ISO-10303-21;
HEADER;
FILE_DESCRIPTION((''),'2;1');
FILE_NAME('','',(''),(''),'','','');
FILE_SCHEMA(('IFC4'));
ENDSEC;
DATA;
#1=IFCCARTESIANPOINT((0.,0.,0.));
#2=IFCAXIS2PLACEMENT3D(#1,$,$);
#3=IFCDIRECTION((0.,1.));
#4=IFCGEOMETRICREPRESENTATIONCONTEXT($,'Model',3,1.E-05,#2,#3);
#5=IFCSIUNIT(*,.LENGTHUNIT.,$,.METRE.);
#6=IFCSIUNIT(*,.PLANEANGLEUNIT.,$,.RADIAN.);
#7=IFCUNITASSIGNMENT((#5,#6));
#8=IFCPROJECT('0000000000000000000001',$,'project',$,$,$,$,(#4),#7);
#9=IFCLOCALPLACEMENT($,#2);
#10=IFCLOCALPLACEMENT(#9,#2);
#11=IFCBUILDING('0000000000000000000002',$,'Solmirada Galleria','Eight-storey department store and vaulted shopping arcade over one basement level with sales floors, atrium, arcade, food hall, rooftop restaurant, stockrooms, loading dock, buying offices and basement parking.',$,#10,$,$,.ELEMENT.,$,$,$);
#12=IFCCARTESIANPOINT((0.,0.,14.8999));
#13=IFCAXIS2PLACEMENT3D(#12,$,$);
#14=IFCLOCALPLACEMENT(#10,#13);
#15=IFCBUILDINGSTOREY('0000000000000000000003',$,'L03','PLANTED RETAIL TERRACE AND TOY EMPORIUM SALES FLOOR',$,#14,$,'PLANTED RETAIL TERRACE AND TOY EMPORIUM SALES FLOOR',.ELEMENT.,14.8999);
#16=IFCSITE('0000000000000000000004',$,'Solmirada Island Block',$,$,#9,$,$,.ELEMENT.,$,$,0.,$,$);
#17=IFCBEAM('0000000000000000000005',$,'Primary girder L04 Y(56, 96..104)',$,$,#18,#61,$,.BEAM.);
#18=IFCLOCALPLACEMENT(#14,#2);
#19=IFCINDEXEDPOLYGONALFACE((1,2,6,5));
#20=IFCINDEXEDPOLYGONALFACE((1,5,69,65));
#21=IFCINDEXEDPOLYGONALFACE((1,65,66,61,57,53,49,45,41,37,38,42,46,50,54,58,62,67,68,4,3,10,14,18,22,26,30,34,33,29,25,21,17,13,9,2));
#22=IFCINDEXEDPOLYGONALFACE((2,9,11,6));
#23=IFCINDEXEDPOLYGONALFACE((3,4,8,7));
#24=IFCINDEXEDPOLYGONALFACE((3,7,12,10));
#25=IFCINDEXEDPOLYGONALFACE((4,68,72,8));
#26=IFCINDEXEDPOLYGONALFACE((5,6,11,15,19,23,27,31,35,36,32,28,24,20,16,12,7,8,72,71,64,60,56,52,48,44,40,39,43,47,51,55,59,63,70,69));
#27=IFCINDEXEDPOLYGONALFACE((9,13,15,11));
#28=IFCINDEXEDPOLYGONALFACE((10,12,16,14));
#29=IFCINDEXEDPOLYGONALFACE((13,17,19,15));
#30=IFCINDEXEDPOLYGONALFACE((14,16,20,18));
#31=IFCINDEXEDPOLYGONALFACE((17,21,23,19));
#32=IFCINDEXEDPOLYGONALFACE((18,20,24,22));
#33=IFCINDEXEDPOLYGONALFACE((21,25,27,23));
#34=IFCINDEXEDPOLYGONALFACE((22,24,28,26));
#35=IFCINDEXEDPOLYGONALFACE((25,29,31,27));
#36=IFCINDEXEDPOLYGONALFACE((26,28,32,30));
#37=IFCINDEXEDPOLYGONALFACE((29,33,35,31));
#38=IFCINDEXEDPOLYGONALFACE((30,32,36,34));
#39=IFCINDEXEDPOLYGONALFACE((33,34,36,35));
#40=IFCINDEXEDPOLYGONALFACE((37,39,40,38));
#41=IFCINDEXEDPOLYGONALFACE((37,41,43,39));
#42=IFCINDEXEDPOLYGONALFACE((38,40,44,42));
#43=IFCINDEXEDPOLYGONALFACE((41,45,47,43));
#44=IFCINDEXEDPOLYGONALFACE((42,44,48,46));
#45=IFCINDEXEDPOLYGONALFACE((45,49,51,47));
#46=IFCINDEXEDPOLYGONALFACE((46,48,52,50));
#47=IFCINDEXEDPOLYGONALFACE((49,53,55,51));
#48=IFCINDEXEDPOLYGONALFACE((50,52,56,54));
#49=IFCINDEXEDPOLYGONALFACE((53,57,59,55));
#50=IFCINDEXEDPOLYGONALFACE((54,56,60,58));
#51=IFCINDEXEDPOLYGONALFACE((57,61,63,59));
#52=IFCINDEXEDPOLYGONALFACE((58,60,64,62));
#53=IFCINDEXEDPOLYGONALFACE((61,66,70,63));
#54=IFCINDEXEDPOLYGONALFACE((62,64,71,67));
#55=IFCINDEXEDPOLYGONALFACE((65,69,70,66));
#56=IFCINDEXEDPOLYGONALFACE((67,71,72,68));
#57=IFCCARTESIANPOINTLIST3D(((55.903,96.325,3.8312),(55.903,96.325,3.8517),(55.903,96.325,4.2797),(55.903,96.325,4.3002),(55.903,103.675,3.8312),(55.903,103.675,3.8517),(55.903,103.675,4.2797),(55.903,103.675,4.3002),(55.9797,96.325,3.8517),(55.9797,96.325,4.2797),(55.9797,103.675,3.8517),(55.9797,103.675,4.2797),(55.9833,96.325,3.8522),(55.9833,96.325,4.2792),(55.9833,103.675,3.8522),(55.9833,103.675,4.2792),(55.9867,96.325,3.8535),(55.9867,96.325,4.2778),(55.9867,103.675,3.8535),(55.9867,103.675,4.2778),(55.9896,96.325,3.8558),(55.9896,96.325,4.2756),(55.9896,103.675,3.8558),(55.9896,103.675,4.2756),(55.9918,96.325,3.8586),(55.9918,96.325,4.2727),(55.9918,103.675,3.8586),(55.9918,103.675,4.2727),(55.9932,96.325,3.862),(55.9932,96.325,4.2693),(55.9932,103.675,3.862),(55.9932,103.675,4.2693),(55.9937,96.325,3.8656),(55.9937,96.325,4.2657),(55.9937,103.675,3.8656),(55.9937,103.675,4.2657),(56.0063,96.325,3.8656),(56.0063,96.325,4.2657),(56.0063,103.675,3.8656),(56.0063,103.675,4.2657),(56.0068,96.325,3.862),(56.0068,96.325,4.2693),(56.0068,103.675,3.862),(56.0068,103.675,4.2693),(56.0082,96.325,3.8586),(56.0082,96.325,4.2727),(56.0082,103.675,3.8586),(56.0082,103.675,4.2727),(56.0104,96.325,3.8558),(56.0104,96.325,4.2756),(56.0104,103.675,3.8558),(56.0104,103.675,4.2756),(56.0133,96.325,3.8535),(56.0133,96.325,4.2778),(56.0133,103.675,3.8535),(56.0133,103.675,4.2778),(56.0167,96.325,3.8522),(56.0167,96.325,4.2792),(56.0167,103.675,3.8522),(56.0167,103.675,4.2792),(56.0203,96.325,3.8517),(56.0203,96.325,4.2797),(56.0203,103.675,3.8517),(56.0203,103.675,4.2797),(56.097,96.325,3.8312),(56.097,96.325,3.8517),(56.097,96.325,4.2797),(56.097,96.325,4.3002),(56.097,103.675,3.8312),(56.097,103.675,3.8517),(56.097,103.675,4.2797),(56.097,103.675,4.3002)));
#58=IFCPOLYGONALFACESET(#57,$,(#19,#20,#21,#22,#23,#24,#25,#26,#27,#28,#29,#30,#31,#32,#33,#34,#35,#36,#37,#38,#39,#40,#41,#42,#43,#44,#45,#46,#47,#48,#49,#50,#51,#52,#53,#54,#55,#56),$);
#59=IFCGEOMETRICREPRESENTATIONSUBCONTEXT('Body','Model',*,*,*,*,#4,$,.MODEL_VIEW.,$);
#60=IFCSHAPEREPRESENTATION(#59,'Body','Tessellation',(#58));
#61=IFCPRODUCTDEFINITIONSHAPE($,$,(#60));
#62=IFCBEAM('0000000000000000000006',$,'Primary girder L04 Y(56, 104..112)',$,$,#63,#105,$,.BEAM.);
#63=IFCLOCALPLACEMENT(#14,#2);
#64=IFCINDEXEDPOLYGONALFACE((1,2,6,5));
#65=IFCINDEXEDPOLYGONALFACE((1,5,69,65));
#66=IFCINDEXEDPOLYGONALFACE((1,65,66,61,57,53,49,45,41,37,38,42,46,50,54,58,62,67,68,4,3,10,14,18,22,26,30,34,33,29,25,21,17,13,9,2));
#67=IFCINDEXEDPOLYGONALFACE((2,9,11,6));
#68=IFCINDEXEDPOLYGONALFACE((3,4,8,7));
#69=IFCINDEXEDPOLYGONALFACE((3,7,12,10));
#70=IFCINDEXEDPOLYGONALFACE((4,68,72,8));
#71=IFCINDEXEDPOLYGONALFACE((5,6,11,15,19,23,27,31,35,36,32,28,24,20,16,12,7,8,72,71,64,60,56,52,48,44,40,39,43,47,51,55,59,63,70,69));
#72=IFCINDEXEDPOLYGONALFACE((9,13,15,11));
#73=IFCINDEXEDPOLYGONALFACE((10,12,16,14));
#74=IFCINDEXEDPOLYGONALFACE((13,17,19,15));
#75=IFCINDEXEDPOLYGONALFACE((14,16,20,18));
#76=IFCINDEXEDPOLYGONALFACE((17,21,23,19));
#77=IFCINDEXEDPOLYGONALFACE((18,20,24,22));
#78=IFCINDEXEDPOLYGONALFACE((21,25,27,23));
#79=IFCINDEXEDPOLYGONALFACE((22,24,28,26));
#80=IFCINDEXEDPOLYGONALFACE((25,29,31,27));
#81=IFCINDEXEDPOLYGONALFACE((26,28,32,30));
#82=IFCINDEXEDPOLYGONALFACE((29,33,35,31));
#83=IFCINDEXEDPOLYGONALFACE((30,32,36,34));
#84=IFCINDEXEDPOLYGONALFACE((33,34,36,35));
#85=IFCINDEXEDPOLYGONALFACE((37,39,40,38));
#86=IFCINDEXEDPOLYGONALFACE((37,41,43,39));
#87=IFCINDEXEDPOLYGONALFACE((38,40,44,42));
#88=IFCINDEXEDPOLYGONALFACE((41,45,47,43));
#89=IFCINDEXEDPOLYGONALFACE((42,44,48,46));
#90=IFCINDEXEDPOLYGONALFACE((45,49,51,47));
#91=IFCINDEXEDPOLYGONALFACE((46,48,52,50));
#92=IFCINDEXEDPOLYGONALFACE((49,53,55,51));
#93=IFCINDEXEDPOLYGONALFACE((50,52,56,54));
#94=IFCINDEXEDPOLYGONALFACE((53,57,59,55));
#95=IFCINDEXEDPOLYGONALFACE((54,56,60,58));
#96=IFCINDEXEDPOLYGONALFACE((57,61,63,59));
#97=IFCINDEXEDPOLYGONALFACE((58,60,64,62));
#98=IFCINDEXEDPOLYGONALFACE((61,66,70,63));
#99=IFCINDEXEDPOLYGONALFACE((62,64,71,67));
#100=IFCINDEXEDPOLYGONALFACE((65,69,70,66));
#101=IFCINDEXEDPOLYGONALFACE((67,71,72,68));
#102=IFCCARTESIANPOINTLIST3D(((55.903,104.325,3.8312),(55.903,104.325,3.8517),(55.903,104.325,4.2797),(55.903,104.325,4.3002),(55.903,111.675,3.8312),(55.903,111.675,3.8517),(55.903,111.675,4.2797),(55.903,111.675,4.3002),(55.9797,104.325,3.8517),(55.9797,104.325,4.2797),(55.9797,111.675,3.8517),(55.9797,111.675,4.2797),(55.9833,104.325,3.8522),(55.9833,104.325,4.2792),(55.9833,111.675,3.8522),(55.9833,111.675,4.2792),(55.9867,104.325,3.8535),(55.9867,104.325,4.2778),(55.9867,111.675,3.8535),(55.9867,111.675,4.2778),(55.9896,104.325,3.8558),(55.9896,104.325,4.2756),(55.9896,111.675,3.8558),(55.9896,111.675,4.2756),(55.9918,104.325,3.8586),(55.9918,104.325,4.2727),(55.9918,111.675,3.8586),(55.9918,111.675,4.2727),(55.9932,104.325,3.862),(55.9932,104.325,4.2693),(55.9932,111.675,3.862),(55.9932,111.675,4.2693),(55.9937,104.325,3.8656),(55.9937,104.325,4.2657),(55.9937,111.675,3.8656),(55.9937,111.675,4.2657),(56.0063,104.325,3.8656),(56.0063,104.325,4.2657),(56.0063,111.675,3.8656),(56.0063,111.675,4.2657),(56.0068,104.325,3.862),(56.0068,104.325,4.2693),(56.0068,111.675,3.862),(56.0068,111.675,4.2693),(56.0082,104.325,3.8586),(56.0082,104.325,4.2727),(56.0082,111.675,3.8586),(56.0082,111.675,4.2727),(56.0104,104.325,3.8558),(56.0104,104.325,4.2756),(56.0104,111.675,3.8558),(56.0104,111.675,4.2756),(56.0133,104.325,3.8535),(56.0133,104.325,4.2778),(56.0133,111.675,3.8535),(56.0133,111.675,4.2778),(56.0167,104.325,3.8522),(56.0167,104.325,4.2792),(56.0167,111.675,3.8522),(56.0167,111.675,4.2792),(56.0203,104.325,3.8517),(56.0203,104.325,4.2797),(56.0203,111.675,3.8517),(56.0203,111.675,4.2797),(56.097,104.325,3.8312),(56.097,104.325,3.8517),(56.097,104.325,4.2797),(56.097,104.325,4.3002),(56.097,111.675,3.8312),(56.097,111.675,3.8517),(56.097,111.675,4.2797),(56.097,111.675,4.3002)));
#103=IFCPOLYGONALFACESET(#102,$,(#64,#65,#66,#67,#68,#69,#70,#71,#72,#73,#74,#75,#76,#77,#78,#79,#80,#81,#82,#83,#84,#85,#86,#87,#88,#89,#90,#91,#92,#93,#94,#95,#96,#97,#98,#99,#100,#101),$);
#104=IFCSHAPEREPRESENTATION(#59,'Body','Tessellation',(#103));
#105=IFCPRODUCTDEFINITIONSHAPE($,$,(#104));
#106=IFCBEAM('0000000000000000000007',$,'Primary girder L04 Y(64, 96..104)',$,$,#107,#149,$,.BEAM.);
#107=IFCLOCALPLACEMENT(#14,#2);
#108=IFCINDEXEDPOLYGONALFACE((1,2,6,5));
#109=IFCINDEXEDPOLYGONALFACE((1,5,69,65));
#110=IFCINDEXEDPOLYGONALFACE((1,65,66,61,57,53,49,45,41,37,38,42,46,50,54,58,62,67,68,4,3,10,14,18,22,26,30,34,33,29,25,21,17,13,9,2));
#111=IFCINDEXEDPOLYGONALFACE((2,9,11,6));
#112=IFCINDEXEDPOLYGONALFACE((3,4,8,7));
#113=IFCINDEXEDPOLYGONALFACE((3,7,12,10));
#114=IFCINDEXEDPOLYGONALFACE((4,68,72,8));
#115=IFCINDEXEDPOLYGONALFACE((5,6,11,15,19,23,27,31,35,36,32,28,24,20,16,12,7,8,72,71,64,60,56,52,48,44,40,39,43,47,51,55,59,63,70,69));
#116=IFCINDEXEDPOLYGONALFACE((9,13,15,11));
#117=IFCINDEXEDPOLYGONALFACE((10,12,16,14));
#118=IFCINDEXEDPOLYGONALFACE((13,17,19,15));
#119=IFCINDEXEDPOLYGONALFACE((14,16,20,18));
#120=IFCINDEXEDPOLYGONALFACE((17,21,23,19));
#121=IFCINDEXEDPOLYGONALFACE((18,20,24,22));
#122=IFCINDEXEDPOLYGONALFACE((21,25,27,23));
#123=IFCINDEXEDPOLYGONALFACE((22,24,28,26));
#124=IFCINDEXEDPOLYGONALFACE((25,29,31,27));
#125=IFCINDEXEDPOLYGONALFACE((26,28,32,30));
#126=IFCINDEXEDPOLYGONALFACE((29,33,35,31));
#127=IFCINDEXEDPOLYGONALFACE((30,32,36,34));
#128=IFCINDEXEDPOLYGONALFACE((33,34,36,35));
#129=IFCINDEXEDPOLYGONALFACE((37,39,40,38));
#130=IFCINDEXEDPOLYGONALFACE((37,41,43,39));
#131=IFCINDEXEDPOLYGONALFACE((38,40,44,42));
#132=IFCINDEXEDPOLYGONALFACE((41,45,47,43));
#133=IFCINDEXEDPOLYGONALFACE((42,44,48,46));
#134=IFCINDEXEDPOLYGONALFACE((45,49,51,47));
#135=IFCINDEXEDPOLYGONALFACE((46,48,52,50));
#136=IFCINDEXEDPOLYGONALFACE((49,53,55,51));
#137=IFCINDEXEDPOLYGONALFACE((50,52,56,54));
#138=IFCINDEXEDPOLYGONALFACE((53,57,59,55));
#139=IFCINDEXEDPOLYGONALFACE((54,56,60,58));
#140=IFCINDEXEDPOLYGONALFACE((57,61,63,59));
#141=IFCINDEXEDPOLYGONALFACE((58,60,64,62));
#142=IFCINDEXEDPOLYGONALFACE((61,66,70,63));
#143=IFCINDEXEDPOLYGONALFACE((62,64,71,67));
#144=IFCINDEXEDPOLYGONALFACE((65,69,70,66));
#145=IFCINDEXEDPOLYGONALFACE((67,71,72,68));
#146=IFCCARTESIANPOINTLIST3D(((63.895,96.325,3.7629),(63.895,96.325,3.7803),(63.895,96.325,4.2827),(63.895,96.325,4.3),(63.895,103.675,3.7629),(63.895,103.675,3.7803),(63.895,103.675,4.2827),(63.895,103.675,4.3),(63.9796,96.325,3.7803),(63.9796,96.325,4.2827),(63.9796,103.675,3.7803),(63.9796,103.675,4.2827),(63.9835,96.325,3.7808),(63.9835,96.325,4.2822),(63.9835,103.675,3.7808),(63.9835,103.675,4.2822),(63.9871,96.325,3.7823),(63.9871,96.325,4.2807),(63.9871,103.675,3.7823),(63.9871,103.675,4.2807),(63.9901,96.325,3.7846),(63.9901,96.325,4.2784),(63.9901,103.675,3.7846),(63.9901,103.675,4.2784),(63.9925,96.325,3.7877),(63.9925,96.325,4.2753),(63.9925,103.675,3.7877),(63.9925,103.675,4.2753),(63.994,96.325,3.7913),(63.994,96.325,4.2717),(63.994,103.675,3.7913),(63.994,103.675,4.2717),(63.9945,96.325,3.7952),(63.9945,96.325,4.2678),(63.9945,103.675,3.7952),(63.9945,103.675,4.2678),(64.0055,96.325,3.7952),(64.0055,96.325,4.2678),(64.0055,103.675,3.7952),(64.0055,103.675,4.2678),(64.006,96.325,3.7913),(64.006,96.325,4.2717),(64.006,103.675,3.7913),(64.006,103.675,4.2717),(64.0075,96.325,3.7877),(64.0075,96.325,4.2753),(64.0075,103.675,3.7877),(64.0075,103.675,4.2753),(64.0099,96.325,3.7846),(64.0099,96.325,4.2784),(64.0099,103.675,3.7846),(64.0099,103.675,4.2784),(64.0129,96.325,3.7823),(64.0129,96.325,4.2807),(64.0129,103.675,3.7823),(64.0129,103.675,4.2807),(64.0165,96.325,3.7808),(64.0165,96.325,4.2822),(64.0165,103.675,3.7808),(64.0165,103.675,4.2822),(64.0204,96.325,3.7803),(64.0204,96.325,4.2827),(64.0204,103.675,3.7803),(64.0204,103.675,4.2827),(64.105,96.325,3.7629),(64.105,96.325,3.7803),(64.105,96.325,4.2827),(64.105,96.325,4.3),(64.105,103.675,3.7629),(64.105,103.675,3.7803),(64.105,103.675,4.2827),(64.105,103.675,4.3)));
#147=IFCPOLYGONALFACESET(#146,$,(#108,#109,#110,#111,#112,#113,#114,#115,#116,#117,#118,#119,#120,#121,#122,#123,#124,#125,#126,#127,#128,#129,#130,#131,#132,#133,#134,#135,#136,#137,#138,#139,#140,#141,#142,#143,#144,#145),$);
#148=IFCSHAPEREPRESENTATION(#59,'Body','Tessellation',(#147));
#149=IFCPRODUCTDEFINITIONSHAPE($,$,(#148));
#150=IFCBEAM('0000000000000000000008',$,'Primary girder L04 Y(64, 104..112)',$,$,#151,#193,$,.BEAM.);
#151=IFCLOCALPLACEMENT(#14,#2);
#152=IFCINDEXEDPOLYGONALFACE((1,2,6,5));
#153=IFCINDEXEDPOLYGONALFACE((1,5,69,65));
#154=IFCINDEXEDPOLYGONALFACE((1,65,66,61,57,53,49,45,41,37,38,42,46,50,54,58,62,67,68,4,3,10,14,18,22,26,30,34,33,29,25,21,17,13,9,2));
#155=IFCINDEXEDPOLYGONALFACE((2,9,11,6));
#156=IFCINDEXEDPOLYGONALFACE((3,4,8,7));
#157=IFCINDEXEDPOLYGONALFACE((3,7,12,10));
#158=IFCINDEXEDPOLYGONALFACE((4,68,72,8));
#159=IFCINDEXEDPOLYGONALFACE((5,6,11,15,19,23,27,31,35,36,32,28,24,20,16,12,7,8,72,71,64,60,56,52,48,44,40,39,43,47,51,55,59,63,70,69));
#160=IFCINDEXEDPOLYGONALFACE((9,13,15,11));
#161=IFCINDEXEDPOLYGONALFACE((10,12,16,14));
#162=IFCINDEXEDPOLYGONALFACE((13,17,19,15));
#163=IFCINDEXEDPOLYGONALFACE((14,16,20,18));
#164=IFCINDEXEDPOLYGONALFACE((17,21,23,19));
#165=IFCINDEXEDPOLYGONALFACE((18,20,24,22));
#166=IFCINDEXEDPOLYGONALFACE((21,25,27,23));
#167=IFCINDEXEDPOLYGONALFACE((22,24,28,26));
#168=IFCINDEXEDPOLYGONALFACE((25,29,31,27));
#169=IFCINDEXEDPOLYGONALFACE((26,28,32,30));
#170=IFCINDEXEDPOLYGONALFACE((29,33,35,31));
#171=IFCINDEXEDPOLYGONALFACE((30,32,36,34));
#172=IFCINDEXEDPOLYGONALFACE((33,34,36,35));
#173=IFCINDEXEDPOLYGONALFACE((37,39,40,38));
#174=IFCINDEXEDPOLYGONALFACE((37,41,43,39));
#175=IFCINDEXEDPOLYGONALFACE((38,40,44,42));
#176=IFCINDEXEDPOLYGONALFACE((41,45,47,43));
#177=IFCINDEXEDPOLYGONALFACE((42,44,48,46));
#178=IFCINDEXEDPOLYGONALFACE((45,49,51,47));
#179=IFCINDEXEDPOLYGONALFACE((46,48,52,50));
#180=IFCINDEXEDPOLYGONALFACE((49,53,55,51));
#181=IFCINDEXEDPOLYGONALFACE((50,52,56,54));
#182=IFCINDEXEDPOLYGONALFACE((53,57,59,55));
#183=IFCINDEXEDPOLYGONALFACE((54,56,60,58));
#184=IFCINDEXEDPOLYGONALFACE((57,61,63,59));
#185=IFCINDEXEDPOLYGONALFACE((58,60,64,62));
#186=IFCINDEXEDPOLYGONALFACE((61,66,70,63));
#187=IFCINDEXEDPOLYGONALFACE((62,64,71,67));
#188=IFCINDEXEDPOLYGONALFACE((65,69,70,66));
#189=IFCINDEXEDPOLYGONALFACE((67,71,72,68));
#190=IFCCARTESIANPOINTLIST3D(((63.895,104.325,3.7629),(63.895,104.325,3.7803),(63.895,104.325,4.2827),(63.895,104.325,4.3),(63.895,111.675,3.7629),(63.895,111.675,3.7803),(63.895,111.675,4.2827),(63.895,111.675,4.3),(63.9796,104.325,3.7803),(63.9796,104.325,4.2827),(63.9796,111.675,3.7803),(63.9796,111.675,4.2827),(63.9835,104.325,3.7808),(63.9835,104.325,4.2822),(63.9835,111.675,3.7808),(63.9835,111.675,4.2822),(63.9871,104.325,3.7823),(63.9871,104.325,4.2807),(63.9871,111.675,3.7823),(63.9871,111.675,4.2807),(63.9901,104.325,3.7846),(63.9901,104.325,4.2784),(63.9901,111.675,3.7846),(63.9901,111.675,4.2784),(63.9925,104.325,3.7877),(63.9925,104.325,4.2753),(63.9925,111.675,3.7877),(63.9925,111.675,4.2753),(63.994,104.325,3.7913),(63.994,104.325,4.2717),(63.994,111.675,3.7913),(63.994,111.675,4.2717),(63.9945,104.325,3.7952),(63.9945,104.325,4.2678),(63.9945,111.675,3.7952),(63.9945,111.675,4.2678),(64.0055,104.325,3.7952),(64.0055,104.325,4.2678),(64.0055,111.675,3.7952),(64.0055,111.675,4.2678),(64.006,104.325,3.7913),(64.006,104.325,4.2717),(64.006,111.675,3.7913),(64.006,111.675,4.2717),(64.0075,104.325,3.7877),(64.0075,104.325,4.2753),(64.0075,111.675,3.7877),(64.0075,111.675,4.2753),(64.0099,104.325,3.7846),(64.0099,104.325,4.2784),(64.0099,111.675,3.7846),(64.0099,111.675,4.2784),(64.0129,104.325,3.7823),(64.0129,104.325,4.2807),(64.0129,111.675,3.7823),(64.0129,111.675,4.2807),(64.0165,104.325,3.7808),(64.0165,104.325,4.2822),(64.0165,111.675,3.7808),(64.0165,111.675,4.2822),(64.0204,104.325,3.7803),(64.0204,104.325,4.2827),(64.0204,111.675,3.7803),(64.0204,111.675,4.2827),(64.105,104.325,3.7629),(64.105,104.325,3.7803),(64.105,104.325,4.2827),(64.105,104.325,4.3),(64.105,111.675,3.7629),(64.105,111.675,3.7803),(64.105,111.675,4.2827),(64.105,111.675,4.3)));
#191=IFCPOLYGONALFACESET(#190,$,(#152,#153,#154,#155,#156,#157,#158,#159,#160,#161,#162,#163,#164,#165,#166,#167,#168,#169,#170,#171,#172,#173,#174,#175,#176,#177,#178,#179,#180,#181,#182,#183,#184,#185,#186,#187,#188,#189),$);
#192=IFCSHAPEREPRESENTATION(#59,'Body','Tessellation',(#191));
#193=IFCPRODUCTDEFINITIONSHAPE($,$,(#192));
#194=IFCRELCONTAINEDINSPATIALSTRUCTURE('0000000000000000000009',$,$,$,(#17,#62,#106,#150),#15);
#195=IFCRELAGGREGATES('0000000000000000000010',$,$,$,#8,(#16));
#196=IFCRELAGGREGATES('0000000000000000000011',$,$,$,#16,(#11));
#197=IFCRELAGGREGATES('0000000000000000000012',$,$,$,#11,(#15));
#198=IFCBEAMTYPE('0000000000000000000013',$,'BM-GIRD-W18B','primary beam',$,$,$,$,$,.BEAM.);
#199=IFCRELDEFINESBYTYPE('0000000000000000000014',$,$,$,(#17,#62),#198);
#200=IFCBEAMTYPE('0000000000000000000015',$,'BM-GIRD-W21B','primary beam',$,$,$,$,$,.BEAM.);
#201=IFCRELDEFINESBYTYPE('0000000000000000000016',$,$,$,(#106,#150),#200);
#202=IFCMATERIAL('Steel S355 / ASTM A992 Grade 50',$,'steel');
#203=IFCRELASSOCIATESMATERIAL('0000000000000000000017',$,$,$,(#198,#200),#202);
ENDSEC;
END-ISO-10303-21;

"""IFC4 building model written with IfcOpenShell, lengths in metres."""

from ifc_helpers import new_model, si_unit, direction, frame, origin, origin_2d, place, context, subcontext, project, spatial, i_section, extrude, material, material_profile, profile_set, type_object, element, save


model = new_model("IFC4")

# Units and contexts
model_context = context("Model", 3, precision=1e-05, world=origin(), true_north=direction((0.0, 1.0)))
body_context = subcontext(model_context, "Body", "Model", "MODEL_VIEW")
ifc_project = project(units=[si_unit("LENGTHUNIT", "METRE"), si_unit("PLANEANGLEUNIT", "RADIAN")], contexts=[model_context])

# Site, building, storey
site_placement = place(None, origin())
site = spatial("IfcSite", under=ifc_project, at=site_placement, Name="Solmirada Island Block", CompositionType="ELEMENT", RefElevation=0.0)
building_placement = place(site_placement, origin())
building = spatial("IfcBuilding", under=site, at=building_placement, Name="Solmirada Galleria", Description="Eight-storey department store and vaulted shopping arcade over one basement level with sales floors, atrium, arcade, food hall, rooftop restaurant, stockrooms, loading dock, buying offices and basement parking.", CompositionType="ELEMENT")
storey_placement = place(building_placement, frame((0.0, 0.0, 14.8999)))
storey = spatial("IfcBuildingStorey", under=building, at=storey_placement, Name="L03", Description="PLANTED RETAIL TERRACE AND TOY EMPORIUM SALES FLOOR", LongName="PLANTED RETAIL TERRACE AND TOY EMPORIUM SALES FLOOR", CompositionType="ELEMENT", Elevation=14.8999)

# Beams
ifc_material_1 = material(Name="Steel S355 / ASTM A992 Grade 50", Category="steel")
ifc_material_profile_1 = material_profile(ifc_material_1, i_section(OverallWidth=0.1941, OverallDepth=0.469, WebThickness=0.0127, FlangeThickness=0.0205, FilletRadius=0.0139, at=origin_2d()), Name="W18X71")
ifc_profile_set_1 = profile_set([ifc_material_profile_1], Name="Steel S355 / ASTM A992 Grade 50")
beam_type_1 = type_object("IfcBeamType", Name="BM-GIRD-W18B", Description="primary beam", PredefinedType="BEAM", material=ifc_profile_set_1)
for number, where, z_axis, x_axis, name in (
    (1, (56.0, 96.325, 4.0657), (0.0, 1.0, 0.0), (-1.0, 0.0, 0.0), "Primary girder L04 Y(56, 96..104)"),
    (2, (56.0, 104.325, 4.0657), (0.0, 1.0, 0.0), (-1.0, 0.0, 0.0), "Primary girder L04 Y(56, 104..112)"),
):
    element("IfcBeam", number, at=place(storey_placement, frame(where, z_axis=z_axis, x_axis=x_axis)), inside=storey, type_object=beam_type_1, Name=name, PredefinedType="BEAM", context=body_context, shape_type="SweptSolid", body=[
        extrude(i_section(OverallWidth=0.1941, OverallDepth=0.469, WebThickness=0.0127, FlangeThickness=0.0205, FilletRadius=0.0139, at=origin_2d()), origin(), (0.0, 0.0, 1.0), 7.3501),
    ])
ifc_material_profile_2 = material_profile(ifc_material_1, i_section(OverallWidth=0.21, OverallDepth=0.5371, WebThickness=0.011, FlangeThickness=0.0173, FilletRadius=0.0149, at=origin_2d()), Name="W21X68")
ifc_profile_set_2 = profile_set([ifc_material_profile_2], Name="Steel S355 / ASTM A992 Grade 50")
beam_type_2 = type_object("IfcBeamType", Name="BM-GIRD-W21B", Description="primary beam", PredefinedType="BEAM", material=ifc_profile_set_2)
for number, where, z_axis, x_axis, name in (
    (3, (64.0, 96.325, 4.0315), (0.0, 1.0, 0.0), (-1.0, 0.0, 0.0), "Primary girder L04 Y(64, 96..104)"),
    (4, (64.0, 104.325, 4.0315), (0.0, 1.0, 0.0), (-1.0, 0.0, 0.0), "Primary girder L04 Y(64, 104..112)"),
):
    element("IfcBeam", number, at=place(storey_placement, frame(where, z_axis=z_axis, x_axis=x_axis)), inside=storey, type_object=beam_type_2, Name=name, PredefinedType="BEAM", context=body_context, shape_type="SweptSolid", body=[
        extrude(i_section(OverallWidth=0.21, OverallDepth=0.5371, WebThickness=0.011, FlangeThickness=0.0173, FilletRadius=0.0149, at=origin_2d()), origin(), (0.0, 0.0, 1.0), 7.3501),
    ])

save(model, "model.ifc")
